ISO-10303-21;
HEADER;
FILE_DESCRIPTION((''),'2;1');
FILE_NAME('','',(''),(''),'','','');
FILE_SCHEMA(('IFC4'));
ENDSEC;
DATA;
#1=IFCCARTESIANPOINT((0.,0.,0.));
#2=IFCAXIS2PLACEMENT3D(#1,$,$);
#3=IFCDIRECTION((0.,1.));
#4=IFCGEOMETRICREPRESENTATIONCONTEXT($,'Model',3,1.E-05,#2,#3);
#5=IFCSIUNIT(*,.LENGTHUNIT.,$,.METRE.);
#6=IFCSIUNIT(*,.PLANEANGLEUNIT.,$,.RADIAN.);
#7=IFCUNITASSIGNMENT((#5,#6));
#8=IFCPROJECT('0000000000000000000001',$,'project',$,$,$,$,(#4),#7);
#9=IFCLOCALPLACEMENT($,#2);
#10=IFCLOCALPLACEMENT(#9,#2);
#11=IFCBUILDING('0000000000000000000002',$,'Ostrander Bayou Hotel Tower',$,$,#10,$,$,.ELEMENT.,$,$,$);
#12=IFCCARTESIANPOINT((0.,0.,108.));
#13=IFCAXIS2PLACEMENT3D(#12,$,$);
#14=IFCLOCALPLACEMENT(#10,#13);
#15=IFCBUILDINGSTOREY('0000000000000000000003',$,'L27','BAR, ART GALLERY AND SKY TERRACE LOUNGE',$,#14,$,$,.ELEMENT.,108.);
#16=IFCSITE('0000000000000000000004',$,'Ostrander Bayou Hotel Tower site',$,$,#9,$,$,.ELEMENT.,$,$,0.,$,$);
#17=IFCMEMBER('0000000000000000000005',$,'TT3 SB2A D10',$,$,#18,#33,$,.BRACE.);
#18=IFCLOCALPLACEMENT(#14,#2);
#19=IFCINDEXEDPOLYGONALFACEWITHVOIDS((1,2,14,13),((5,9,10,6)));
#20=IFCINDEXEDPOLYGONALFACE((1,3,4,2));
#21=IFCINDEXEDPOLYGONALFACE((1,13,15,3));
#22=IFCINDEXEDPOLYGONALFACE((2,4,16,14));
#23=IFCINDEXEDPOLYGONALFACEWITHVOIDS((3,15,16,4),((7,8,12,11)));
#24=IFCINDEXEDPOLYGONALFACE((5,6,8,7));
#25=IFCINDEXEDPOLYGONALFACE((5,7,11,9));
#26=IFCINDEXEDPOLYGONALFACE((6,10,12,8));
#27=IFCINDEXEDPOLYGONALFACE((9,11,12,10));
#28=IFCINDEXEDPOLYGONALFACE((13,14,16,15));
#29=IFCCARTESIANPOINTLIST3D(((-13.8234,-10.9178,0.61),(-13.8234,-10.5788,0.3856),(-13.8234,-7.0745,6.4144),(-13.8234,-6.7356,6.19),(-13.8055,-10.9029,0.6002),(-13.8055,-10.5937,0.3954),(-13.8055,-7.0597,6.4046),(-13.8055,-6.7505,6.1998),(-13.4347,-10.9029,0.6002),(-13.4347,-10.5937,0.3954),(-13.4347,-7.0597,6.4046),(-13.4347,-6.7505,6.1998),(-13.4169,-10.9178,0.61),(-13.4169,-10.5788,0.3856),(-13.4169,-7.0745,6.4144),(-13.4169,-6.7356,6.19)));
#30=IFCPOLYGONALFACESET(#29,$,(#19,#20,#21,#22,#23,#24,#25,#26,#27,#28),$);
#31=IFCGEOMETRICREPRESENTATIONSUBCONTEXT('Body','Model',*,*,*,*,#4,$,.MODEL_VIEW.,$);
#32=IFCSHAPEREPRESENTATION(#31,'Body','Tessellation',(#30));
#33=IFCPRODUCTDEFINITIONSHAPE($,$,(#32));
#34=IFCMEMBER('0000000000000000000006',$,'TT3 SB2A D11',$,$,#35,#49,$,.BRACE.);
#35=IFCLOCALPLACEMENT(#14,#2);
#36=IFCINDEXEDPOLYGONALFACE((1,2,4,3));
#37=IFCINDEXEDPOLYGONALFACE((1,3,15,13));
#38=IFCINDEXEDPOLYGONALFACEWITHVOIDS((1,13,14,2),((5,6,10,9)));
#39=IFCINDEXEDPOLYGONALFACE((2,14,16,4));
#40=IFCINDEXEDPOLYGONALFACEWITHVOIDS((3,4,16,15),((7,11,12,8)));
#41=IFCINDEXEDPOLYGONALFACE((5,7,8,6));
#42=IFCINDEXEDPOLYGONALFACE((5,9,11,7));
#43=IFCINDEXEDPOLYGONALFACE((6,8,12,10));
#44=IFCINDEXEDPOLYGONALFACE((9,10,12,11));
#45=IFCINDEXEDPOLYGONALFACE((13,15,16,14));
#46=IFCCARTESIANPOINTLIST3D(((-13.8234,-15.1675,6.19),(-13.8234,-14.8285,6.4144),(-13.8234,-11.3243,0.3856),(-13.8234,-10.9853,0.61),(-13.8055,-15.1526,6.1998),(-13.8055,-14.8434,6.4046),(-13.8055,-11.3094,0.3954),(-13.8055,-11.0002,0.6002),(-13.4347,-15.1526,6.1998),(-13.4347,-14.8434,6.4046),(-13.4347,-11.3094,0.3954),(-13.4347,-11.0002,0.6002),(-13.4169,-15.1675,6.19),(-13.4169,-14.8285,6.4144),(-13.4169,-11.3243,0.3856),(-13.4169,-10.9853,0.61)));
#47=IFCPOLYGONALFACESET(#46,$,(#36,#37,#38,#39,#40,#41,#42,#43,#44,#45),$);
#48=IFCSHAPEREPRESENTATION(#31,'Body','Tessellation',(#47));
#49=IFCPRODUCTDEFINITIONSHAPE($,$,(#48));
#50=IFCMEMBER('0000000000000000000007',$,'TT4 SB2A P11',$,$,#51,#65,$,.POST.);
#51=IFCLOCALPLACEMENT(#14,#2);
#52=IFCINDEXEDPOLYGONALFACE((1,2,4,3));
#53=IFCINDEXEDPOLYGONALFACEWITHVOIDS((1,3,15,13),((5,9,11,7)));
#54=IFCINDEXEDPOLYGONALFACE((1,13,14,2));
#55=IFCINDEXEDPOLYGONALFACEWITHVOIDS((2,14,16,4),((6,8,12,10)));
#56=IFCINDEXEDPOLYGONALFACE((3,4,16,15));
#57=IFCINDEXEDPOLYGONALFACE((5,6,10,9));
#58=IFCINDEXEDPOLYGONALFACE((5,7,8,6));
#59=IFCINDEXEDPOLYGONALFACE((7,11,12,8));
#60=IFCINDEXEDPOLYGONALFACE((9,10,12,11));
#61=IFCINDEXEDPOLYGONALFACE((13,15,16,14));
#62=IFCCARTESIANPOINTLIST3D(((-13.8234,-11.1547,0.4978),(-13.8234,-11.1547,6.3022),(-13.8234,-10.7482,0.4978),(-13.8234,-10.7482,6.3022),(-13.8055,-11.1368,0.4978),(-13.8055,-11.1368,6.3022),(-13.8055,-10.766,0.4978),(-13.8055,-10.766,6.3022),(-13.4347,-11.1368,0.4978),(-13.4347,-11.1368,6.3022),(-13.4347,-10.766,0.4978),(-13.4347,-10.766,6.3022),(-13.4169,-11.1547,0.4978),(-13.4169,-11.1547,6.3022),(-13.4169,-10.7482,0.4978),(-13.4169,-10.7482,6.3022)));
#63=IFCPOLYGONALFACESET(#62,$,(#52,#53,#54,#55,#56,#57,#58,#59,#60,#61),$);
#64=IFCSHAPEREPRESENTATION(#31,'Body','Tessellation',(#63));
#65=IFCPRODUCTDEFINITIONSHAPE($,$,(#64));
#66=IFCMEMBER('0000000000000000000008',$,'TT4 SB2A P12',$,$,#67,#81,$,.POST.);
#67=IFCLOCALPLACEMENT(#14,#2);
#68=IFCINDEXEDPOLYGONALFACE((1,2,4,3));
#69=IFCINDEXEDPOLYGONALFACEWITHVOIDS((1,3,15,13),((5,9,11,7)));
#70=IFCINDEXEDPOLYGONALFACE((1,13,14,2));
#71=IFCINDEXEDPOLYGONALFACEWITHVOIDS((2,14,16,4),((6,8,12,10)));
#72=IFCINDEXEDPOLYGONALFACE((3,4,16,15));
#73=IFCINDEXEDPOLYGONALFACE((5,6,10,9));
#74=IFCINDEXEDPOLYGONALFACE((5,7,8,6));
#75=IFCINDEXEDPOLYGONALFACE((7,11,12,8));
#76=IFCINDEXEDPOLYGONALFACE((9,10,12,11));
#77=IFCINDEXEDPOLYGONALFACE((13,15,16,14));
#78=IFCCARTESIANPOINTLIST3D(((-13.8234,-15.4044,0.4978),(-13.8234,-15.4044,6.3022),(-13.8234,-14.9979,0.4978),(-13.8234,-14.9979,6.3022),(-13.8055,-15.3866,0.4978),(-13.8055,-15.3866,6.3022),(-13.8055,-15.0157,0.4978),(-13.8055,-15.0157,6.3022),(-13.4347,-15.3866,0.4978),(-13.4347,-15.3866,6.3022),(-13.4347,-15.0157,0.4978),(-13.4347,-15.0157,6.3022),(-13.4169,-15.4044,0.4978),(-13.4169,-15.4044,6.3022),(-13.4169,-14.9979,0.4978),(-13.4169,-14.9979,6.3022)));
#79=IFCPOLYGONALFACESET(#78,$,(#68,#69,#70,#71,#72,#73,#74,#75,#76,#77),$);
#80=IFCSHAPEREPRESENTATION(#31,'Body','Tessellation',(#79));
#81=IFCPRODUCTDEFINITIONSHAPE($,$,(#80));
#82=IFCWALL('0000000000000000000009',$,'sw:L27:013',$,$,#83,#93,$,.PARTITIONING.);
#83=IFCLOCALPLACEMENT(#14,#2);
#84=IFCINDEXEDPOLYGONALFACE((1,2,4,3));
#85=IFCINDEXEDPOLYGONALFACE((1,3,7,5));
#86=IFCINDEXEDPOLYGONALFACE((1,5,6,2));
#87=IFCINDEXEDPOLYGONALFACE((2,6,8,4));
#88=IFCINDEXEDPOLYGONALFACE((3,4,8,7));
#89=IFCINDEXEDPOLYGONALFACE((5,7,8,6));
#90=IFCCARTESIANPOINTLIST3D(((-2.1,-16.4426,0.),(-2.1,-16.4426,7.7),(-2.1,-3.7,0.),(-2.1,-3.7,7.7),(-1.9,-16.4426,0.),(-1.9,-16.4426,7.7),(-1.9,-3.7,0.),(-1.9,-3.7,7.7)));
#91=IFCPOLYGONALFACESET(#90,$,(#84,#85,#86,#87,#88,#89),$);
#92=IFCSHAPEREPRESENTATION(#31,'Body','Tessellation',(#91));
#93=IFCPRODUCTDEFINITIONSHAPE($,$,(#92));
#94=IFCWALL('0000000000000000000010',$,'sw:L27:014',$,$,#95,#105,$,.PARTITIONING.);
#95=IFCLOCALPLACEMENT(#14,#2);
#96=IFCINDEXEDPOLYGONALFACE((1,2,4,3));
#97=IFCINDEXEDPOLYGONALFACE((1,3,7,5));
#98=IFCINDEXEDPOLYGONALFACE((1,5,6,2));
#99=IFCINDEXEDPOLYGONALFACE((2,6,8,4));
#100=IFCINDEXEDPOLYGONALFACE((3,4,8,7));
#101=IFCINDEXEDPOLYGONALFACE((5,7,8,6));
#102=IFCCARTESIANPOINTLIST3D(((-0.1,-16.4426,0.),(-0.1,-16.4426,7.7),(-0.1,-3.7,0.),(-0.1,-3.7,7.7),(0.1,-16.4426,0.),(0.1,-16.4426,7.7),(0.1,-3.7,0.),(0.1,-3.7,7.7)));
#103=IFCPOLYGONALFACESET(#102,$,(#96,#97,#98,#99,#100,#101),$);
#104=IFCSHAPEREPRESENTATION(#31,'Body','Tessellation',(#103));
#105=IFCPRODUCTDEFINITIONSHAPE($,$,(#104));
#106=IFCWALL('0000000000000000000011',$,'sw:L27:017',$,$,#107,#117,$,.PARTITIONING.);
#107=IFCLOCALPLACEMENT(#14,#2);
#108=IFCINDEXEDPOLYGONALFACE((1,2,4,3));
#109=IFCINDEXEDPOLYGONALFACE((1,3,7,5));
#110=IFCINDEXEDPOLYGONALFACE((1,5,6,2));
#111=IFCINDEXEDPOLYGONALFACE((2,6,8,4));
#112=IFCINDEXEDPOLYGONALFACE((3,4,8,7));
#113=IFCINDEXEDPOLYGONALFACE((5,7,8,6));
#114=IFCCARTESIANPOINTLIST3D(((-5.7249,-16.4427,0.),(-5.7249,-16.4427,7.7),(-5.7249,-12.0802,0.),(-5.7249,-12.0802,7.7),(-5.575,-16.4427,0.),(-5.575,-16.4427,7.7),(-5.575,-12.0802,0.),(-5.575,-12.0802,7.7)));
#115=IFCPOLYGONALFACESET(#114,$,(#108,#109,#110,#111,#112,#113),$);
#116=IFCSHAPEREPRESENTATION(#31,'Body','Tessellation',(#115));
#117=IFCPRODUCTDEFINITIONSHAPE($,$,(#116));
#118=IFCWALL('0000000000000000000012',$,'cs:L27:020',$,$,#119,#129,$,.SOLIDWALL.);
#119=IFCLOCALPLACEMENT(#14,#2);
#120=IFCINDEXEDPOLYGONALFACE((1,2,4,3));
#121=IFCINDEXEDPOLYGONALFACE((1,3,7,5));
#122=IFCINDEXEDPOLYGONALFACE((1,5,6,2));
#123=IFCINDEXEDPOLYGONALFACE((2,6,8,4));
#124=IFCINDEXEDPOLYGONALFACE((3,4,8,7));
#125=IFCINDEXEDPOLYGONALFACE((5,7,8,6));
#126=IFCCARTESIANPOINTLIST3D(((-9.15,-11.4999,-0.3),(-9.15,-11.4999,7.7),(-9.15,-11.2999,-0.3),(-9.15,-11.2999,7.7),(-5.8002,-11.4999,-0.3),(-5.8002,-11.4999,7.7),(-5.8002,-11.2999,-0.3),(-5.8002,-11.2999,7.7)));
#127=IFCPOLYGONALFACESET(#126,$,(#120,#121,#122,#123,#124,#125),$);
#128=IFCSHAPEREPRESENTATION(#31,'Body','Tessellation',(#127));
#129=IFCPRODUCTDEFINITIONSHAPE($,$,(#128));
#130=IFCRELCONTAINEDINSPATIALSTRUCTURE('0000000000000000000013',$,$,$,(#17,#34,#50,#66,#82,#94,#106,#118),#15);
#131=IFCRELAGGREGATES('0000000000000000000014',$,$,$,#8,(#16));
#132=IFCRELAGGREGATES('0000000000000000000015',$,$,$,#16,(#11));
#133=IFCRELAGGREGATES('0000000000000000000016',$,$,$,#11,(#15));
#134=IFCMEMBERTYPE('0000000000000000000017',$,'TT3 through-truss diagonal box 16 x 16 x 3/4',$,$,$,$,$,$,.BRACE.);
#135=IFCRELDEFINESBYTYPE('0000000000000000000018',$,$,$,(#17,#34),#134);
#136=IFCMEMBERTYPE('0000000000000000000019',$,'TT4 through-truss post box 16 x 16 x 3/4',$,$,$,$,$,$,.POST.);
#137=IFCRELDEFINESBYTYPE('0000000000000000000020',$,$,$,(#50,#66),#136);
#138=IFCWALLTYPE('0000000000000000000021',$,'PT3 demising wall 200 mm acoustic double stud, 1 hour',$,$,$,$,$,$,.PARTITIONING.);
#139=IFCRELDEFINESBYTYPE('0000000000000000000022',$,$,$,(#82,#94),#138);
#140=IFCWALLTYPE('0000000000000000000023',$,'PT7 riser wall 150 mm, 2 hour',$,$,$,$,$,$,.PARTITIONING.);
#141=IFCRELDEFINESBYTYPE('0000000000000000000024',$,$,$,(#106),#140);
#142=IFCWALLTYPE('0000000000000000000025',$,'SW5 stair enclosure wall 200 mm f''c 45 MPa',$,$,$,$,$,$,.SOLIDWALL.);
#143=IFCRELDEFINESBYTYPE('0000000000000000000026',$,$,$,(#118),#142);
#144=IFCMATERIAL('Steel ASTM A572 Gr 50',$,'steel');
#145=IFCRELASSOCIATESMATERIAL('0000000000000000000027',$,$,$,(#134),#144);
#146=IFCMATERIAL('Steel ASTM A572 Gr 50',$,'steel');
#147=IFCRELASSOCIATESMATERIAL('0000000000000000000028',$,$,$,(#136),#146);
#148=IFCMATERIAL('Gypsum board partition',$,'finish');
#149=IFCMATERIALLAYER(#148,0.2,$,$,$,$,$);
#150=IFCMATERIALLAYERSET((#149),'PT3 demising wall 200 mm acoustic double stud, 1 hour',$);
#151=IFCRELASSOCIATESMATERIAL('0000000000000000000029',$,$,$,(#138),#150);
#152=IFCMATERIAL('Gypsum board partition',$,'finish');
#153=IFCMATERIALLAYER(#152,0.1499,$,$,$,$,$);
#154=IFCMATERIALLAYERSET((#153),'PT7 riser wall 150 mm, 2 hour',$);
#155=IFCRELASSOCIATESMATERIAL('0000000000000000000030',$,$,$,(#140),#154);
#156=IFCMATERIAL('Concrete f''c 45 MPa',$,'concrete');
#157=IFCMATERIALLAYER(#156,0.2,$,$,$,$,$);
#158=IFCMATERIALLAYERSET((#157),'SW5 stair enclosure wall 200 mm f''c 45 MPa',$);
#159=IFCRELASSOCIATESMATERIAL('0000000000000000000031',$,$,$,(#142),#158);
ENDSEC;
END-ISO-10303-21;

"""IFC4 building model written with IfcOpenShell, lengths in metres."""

from ifc_helpers import new_model, si_unit, direction, frame, frame_2d, origin, origin_2d, place, context, subcontext, project, spatial, rectangle, hollow_rectangle, extrude, material, layer, layer_set, material_profile, profile_set, type_object, element, save


model = new_model("IFC4")

# Units and contexts
model_context = context("Model", 3, precision=1e-05, world=origin(), true_north=direction((0.0, 1.0)))
body_context = subcontext(model_context, "Body", "Model", "MODEL_VIEW")
ifc_project = project(units=[si_unit("LENGTHUNIT", "METRE"), si_unit("PLANEANGLEUNIT", "RADIAN")], contexts=[model_context])

# Site, building, storey
site_placement = place(None, origin())
site = spatial("IfcSite", under=ifc_project, at=site_placement, Name="Ostrander Bayou Hotel Tower site", CompositionType="ELEMENT", RefElevation=0.0)
building_placement = place(site_placement, origin())
building = spatial("IfcBuilding", under=site, at=building_placement, Name="Ostrander Bayou Hotel Tower", CompositionType="ELEMENT")
storey_placement = place(building_placement, frame((0.0, 0.0, 108.0)))
storey = spatial("IfcBuildingStorey", under=building, at=storey_placement, Name="L27", Description="BAR, ART GALLERY AND SKY TERRACE LOUNGE", CompositionType="ELEMENT", Elevation=108.0)

# Members
ifc_material_1 = material(Name="Steel ASTM A572 Gr 50", Category="steel")
ifc_material_profile_1 = material_profile(ifc_material_1, hollow_rectangle(XDim=0.4065, YDim=0.4065, WallThickness=0.0178, at=origin_2d()))
ifc_profile_set_1 = profile_set([ifc_material_profile_1], Name="Steel ASTM A572 Gr 50")
member_type_1 = type_object("IfcMemberType", Name="TT3 through-truss diagonal box 16 x 16 x 3/4", PredefinedType="BRACE", material=ifc_profile_set_1)
for number, where, z_axis, x_axis, name in (
    (1, (-13.6201, -10.7483, 0.4978), (0.0, 0.552075, 0.833794), (-1.0, 0.0, 0.0), "TT3 SB2A D10"),
    (2, (-13.6201, -11.1548, 0.4978), (0.0, -0.552075, 0.833794), (1.0, 0.0, 0.0), "TT3 SB2A D11"),
):
    element("IfcMember", number, at=place(storey_placement, frame(where, z_axis=z_axis, x_axis=x_axis)), inside=storey, type_object=member_type_1, Name=name, PredefinedType="BRACE", context=body_context, shape_type="SweptSolid", body=[
        extrude(hollow_rectangle(XDim=0.4065, YDim=0.4065, WallThickness=0.0178, at=origin_2d()), origin(), (0.0, 0.0, 1.0), 6.9614),
    ])
ifc_material_2 = material(Name="Steel ASTM A572 Gr 50", Category="steel")
ifc_material_profile_2 = material_profile(ifc_material_2, hollow_rectangle(XDim=0.4065, YDim=0.4065, WallThickness=0.0178, at=origin_2d()))
ifc_profile_set_2 = profile_set([ifc_material_profile_2], Name="Steel ASTM A572 Gr 50")
member_type_2 = type_object("IfcMemberType", Name="TT4 through-truss post box 16 x 16 x 3/4", PredefinedType="POST", material=ifc_profile_set_2)
for number, where, z_axis, x_axis, name in (
    (3, (-13.6201, -10.9514, 0.4978), (0.0, 0.0, 1.0), (1.0, 0.0, 0.0), "TT4 SB2A P11"),
    (4, (-13.6201, -15.2012, 0.4978), (0.0, 0.0, 1.0), (1.0, 0.0, 0.0), "TT4 SB2A P12"),
):
    element("IfcMember", number, at=place(storey_placement, frame(where, z_axis=z_axis, x_axis=x_axis)), inside=storey, type_object=member_type_2, Name=name, PredefinedType="POST", context=body_context, shape_type="SweptSolid", body=[
        extrude(hollow_rectangle(XDim=0.4065, YDim=0.4065, WallThickness=0.0178, at=origin_2d()), origin(), (0.0, 0.0, 1.0), 5.8044),
    ])

# Walls
ifc_material_3 = material(Name="Gypsum board partition", Category="finish")
ifc_layer_1 = layer(ifc_material_3, 0.2)
ifc_layer_set_1 = layer_set([ifc_layer_1], Name="PT3 demising wall 200 mm acoustic double stud, 1 hour")
wall_type_1 = type_object("IfcWallType", Name="PT3 demising wall 200 mm acoustic double stud, 1 hour", PredefinedType="PARTITIONING", material=ifc_layer_set_1)
for number, where, z_axis, x_axis, name in (
    (5, (-2.0, -16.4426, 0.0), (0.0, 0.0, 1.0), (0.0, 1.0, 0.0), "sw:L27:013"),
    (6, (0.0, -16.4426, 0.0), (0.0, 0.0, 1.0), (0.0, 1.0, 0.0), "sw:L27:014"),
):
    element("IfcWall", number, at=place(storey_placement, frame(where, z_axis=z_axis, x_axis=x_axis)), inside=storey, type_object=wall_type_1, Name=name, PredefinedType="PARTITIONING", context=body_context, shape_type="SweptSolid", body=[
        extrude(rectangle(XDim=12.7427, YDim=0.2, at=frame_2d((6.3713, 0.0))), origin(), (0.0, 0.0, 1.0), 7.7),
    ])
ifc_material_4 = material(Name="Gypsum board partition", Category="finish")
ifc_layer_2 = layer(ifc_material_4, 0.1499)
ifc_layer_set_2 = layer_set([ifc_layer_2], Name="PT7 riser wall 150 mm, 2 hour")
wall_type_2 = type_object("IfcWallType", Name="PT7 riser wall 150 mm, 2 hour", PredefinedType="PARTITIONING", material=ifc_layer_set_2)
wall_1_placement = place(storey_placement, frame((-5.6499, -16.4426, 0.0), z_axis=(0.0, 0.0, 1.0), x_axis=(0.0, 1.0, 0.0)))
element("IfcWall", 7, at=wall_1_placement, inside=storey, type_object=wall_type_2, Name="sw:L27:017", PredefinedType="PARTITIONING", context=body_context, shape_type="SweptSolid", body=[
    extrude(rectangle(XDim=4.3625, YDim=0.1499, at=frame_2d((2.1812, 0.0))), origin(), (0.0, 0.0, 1.0), 7.7),
])

# Wall
ifc_material_5 = material(Name="Concrete f'c 45 MPa", Category="concrete")
ifc_layer_3 = layer(ifc_material_5, 0.2)
ifc_layer_set_3 = layer_set([ifc_layer_3], Name="SW5 stair enclosure wall 200 mm f'c 45 MPa")
wall_type_3 = type_object("IfcWallType", Name="SW5 stair enclosure wall 200 mm f'c 45 MPa", PredefinedType="SOLIDWALL", material=ifc_layer_set_3)
wall_2_placement = place(storey_placement, frame((-9.1499, -11.3999, -0.3), z_axis=(0.0, 0.0, 1.0), x_axis=(1.0, 0.0, 0.0)))
element("IfcWall", 8, at=wall_2_placement, inside=storey, type_object=wall_type_3, Name="cs:L27:020", PredefinedType="SOLIDWALL", context=body_context, shape_type="SweptSolid", body=[
    extrude(rectangle(XDim=3.3499, YDim=0.2, at=frame_2d((1.6748, 0.0))), origin(), (0.0, 0.0, 1.0), 8.0),
])

save(model, "model.ifc")
